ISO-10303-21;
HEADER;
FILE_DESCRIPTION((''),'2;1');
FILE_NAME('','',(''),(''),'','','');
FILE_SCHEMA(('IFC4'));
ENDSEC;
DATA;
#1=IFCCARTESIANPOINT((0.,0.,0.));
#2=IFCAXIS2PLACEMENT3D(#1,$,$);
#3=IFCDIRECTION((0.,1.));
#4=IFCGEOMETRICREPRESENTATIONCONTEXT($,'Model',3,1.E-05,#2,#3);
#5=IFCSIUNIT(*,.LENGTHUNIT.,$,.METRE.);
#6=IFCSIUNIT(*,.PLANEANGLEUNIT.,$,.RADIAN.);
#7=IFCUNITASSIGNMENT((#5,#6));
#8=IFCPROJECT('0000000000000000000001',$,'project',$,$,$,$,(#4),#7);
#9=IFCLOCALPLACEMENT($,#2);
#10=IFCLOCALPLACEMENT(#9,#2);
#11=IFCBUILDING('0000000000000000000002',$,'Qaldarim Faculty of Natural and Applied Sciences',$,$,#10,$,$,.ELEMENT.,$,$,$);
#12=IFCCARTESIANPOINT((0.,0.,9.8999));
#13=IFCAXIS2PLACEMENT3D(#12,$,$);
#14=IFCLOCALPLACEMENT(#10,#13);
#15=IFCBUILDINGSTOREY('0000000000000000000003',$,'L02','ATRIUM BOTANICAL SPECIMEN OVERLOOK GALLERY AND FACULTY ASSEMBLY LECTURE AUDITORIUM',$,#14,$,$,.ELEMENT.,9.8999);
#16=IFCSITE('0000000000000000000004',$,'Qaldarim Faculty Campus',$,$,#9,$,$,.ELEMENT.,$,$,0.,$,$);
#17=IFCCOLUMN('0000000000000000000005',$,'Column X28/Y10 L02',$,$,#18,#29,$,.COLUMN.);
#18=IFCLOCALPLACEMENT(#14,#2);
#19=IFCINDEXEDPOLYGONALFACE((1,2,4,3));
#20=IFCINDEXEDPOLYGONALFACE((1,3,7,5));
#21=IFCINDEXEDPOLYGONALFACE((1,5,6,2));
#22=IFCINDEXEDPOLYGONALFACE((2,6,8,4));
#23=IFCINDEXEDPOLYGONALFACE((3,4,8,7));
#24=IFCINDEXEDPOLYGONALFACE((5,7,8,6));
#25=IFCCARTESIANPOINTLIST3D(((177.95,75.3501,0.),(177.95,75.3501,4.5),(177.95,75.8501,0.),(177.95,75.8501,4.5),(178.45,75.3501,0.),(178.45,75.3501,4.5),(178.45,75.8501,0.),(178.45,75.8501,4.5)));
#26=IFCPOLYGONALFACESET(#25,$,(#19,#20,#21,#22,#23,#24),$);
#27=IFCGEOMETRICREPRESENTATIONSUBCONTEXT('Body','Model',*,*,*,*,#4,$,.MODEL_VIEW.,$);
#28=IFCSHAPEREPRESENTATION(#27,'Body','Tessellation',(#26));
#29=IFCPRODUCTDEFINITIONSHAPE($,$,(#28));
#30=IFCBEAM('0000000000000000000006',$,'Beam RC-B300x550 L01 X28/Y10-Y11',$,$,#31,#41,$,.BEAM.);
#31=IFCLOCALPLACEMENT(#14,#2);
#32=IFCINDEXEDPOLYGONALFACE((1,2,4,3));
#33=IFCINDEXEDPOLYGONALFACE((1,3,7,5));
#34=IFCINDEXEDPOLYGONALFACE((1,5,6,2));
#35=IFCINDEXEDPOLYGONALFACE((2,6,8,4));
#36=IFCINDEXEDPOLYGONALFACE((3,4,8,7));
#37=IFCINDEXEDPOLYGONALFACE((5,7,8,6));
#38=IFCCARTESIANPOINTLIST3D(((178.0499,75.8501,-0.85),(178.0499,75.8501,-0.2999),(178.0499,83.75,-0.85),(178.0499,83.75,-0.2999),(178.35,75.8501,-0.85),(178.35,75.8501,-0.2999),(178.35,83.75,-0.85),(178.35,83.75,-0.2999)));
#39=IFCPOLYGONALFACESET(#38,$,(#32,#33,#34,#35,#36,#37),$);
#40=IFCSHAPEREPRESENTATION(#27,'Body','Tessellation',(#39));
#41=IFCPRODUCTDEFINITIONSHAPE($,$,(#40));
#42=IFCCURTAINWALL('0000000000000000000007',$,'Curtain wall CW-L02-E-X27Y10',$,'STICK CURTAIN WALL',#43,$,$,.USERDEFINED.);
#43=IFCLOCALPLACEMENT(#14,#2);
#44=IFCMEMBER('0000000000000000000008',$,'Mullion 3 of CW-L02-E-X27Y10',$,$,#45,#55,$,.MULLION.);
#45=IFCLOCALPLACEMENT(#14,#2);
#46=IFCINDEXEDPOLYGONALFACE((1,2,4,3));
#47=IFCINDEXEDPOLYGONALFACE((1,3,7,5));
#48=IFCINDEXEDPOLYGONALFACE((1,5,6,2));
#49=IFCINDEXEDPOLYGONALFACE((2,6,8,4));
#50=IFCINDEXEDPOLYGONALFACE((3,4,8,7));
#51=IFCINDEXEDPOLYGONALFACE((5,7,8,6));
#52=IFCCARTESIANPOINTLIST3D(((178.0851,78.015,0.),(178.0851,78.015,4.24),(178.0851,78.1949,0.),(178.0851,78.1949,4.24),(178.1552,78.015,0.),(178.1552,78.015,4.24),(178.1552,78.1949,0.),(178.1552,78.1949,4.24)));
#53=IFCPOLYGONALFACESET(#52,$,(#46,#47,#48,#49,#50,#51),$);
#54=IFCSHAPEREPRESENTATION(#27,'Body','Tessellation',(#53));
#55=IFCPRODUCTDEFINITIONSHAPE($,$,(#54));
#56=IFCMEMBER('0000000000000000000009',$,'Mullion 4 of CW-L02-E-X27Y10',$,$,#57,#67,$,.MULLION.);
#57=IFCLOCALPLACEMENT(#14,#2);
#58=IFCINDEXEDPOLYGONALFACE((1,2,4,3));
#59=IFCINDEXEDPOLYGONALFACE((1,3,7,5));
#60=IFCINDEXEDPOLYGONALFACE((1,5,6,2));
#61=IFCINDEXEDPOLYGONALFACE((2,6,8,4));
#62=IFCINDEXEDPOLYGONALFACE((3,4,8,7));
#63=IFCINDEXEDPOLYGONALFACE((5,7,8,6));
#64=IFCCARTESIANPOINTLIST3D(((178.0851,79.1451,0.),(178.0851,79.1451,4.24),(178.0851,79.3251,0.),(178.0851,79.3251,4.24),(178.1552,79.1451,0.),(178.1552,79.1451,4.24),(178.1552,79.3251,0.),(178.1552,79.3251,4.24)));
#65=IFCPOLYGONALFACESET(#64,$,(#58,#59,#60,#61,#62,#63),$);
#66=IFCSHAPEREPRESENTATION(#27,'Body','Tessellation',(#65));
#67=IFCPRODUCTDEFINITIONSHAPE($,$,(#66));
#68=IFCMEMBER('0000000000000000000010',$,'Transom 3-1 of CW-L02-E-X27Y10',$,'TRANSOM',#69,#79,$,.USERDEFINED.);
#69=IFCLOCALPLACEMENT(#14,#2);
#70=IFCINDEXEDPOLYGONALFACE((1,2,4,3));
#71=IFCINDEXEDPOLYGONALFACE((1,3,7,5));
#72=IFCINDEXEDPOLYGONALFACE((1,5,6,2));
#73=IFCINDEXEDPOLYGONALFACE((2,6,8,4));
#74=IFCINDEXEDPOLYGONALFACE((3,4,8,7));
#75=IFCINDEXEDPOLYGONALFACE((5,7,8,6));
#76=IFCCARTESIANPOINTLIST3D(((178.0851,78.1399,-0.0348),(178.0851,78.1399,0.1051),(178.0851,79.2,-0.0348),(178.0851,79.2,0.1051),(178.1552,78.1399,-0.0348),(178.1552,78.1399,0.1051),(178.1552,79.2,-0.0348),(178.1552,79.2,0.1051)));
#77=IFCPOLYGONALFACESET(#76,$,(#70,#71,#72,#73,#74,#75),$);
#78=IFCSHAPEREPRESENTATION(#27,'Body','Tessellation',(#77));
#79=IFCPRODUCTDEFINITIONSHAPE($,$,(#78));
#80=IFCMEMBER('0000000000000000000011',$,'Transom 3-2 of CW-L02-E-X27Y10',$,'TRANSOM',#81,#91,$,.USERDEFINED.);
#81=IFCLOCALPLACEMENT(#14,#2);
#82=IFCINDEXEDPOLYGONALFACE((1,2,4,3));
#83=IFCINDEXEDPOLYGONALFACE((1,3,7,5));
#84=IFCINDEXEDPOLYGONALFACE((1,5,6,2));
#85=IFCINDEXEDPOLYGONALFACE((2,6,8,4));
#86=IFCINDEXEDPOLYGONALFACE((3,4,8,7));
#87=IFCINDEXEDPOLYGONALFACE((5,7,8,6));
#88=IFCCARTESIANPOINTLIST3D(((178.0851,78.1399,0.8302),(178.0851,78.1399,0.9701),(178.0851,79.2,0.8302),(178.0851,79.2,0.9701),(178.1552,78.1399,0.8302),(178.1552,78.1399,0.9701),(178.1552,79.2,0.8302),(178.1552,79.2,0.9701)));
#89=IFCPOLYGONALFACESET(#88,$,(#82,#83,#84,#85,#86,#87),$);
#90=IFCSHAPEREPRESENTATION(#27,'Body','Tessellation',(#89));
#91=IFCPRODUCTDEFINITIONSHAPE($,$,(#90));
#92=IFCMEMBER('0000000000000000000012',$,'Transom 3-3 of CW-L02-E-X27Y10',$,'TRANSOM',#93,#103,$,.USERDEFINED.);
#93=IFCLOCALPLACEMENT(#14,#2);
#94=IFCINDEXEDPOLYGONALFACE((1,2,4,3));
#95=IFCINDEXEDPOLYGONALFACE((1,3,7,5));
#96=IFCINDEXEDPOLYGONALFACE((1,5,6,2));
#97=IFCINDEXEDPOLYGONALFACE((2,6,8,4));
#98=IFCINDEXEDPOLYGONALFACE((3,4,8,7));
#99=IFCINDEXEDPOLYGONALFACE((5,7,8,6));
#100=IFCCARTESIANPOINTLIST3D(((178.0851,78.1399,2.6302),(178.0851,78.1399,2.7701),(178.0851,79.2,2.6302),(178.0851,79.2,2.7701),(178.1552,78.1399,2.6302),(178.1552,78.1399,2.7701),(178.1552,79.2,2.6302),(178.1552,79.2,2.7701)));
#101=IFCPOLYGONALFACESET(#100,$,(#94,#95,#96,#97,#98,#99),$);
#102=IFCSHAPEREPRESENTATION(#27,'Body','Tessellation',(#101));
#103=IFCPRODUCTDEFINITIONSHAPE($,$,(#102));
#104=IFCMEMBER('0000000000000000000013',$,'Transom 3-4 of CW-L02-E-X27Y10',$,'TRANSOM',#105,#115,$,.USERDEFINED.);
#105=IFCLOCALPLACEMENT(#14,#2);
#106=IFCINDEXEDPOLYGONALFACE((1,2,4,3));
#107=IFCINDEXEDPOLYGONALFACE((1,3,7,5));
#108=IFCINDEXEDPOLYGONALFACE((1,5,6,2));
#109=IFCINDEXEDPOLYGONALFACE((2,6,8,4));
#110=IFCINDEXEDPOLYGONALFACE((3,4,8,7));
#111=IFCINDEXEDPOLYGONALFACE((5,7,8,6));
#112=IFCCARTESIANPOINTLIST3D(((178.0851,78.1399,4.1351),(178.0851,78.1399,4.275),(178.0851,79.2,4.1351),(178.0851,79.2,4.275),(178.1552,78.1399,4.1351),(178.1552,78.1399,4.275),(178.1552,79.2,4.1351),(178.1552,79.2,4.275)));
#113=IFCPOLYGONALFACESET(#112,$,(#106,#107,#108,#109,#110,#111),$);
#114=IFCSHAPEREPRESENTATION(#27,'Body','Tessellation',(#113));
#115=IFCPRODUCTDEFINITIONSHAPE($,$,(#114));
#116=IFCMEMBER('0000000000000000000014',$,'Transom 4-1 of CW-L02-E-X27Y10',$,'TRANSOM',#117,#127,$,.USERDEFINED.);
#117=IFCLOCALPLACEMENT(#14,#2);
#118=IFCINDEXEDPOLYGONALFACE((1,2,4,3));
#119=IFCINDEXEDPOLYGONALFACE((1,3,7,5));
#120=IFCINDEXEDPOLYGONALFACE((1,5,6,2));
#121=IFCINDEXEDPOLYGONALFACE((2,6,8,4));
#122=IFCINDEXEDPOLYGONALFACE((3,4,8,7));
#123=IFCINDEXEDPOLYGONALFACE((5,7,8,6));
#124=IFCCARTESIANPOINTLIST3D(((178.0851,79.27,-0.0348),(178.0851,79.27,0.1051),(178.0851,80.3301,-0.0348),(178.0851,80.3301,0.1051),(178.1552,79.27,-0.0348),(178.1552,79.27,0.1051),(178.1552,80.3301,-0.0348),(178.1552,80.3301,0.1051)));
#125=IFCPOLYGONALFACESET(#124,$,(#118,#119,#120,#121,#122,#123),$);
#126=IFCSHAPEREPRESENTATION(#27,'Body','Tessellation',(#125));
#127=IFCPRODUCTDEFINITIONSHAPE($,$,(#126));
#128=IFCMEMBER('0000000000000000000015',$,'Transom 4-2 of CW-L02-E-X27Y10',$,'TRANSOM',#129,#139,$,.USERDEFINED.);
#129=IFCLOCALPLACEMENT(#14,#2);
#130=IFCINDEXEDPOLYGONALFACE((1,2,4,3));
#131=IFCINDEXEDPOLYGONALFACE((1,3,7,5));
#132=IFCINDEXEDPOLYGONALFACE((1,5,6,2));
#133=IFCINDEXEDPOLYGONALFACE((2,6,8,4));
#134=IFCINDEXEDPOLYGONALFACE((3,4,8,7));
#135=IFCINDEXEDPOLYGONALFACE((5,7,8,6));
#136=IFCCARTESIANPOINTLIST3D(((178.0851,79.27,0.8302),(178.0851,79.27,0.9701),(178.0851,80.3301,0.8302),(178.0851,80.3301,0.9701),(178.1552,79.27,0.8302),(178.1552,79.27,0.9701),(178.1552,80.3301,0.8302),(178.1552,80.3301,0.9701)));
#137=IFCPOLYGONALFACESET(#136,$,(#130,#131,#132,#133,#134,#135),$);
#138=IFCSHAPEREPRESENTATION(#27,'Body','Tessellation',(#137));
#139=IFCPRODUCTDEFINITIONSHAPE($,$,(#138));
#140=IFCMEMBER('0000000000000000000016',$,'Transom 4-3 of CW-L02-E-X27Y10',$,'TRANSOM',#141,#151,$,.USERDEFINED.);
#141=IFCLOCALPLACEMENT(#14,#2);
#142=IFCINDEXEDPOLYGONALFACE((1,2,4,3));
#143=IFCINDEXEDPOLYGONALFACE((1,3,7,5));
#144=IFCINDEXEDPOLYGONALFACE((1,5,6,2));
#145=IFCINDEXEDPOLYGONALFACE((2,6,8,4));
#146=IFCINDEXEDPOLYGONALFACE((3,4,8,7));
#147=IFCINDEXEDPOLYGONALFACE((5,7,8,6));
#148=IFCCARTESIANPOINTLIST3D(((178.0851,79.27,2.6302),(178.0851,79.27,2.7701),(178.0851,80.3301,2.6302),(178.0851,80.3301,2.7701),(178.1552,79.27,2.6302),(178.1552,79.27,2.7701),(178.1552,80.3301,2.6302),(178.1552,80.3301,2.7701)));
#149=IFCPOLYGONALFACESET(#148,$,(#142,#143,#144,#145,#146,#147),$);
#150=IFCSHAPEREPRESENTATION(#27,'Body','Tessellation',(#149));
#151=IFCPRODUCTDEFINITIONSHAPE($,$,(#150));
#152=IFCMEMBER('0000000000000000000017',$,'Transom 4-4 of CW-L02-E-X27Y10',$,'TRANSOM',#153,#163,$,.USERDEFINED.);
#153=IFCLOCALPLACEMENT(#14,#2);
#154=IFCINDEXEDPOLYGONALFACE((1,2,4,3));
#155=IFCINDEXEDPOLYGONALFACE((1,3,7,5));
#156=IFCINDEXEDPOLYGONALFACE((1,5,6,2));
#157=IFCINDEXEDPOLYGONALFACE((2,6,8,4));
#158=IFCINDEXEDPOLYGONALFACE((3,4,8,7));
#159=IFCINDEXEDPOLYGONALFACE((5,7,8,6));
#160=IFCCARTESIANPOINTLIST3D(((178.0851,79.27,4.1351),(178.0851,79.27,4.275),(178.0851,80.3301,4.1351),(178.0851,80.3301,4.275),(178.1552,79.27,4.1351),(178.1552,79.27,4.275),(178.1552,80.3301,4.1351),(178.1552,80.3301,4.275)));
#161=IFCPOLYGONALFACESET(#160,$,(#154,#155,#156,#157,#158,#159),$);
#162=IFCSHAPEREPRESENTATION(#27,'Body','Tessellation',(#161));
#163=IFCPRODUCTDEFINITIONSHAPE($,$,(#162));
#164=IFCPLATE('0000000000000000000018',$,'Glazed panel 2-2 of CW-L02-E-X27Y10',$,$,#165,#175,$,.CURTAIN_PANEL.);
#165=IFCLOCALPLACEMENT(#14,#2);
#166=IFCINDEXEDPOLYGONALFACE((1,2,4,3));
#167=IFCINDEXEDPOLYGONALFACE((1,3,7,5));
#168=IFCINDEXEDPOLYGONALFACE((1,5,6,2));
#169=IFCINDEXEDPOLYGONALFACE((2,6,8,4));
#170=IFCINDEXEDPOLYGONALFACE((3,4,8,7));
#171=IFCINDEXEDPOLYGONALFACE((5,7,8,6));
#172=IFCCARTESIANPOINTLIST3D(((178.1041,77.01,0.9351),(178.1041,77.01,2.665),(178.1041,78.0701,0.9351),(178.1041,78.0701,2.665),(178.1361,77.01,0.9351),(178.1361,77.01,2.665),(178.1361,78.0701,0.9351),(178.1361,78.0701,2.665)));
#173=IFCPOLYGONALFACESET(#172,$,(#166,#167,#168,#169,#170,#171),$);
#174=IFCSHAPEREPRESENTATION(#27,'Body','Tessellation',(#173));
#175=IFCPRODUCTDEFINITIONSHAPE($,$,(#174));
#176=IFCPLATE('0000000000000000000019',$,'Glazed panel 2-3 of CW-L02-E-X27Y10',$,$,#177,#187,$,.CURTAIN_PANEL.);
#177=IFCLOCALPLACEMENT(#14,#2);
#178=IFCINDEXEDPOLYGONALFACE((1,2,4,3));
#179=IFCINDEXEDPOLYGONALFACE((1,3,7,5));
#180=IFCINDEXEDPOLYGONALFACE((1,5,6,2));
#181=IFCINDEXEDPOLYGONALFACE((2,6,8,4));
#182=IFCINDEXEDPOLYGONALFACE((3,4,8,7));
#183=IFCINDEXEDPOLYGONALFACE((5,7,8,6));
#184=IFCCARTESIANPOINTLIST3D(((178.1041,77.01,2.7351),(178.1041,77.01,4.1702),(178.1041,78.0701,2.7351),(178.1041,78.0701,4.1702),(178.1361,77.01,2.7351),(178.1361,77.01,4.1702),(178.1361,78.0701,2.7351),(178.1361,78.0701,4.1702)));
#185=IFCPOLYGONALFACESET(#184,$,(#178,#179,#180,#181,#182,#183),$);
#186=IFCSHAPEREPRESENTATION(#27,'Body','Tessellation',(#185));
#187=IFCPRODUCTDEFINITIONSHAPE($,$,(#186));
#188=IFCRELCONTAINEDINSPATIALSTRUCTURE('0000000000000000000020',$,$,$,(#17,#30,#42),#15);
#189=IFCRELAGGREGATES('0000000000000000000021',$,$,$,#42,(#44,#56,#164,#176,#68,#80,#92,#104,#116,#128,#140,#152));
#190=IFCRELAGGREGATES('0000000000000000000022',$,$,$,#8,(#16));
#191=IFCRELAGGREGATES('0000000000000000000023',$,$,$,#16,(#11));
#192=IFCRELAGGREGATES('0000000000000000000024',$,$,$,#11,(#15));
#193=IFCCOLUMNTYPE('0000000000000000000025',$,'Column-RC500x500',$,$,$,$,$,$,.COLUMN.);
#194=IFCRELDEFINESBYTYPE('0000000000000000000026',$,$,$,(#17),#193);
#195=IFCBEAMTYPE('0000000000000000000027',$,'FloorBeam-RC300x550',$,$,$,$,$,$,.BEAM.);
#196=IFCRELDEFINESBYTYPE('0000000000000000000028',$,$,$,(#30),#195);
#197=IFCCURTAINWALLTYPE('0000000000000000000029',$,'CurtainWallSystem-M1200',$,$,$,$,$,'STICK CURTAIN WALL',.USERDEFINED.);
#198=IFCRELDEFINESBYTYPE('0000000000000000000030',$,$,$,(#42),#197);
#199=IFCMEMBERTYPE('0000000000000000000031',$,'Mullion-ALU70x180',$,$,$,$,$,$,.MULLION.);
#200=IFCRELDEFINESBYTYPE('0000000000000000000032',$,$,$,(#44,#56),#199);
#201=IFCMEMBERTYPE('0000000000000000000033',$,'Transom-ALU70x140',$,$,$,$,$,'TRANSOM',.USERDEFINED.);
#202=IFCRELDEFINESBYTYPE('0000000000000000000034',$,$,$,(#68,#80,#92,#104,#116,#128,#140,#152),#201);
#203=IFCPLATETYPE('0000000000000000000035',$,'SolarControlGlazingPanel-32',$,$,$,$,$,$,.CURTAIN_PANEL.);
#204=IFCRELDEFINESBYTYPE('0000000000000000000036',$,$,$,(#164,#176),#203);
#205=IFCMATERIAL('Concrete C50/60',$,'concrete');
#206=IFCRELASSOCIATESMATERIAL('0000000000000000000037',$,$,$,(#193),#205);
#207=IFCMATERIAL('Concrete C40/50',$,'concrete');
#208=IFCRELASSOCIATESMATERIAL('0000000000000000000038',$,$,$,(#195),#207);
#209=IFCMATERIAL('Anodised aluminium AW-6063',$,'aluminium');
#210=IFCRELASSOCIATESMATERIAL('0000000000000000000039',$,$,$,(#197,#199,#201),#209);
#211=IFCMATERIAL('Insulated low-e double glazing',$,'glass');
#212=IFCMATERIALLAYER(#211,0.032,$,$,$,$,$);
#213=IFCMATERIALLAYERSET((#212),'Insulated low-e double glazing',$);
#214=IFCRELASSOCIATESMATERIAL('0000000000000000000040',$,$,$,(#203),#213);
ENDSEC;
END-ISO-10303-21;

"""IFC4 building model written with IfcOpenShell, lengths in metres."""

from ifc_helpers import new_model, si_unit, direction, frame, origin, origin_2d, place, context, subcontext, project, spatial, rectangle, extrude, material, layer, layer_set, material_profile, profile_set, type_object, element, aggregate, save


model = new_model("IFC4")

# Units and contexts
model_context = context("Model", 3, precision=1e-05, world=origin(), true_north=direction((0.0, 1.0)))
body_context = subcontext(model_context, "Body", "Model", "MODEL_VIEW")
ifc_project = project(units=[si_unit("LENGTHUNIT", "METRE"), si_unit("PLANEANGLEUNIT", "RADIAN")], contexts=[model_context])

# Site, building, storey
site_placement = place(None, origin())
site = spatial("IfcSite", under=ifc_project, at=site_placement, Name="Qaldarim Faculty Campus", CompositionType="ELEMENT", RefElevation=0.0)
building_placement = place(site_placement, origin())
building = spatial("IfcBuilding", under=site, at=building_placement, Name="Qaldarim Faculty of Natural and Applied Sciences", CompositionType="ELEMENT")
storey_placement = place(building_placement, frame((0.0, 0.0, 9.8999)))
storey = spatial("IfcBuildingStorey", under=building, at=storey_placement, Name="L02", Description="ATRIUM BOTANICAL SPECIMEN OVERLOOK GALLERY AND FACULTY ASSEMBLY LECTURE AUDITORIUM", CompositionType="ELEMENT", Elevation=9.8999)

# Column
ifc_material_1 = material(Name="Concrete C50/60", Category="concrete")
ifc_material_profile_1 = material_profile(ifc_material_1, rectangle(XDim=0.5, YDim=0.5, at=origin_2d()), Name="RC-C500x500")
ifc_profile_set_1 = profile_set([ifc_material_profile_1], Name="Concrete C50/60")
column_type = type_object("IfcColumnType", Name="Column-RC500x500", PredefinedType="COLUMN", material=ifc_profile_set_1)
column_placement = place(storey_placement, frame((178.2, 75.6001, 0.0), z_axis=(0.0, 0.0, 1.0), x_axis=(1.0, 0.0, 0.0)))
element("IfcColumn", 1, at=column_placement, inside=storey, type_object=column_type, Name="Column X28/Y10 L02", PredefinedType="COLUMN", context=body_context, shape_type="SweptSolid", body=[
    extrude(rectangle(XDim=0.5, YDim=0.5, at=origin_2d()), origin(), (0.0, 0.0, 1.0), 4.5),
])

# Beam
ifc_material_2 = material(Name="Concrete C40/50", Category="concrete")
ifc_material_profile_2 = material_profile(ifc_material_2, rectangle(XDim=0.3, YDim=0.55, at=origin_2d()), Name="RC-B300x550")
ifc_profile_set_2 = profile_set([ifc_material_profile_2], Name="Concrete C40/50")
beam_type = type_object("IfcBeamType", Name="FloorBeam-RC300x550", PredefinedType="BEAM", material=ifc_profile_set_2)
beam_placement = place(storey_placement, frame((178.2, 75.8501, -0.575), z_axis=(0.0, 1.0, 0.0), x_axis=(-1.0, 0.0, 0.0)))
element("IfcBeam", 2, at=beam_placement, inside=storey, type_object=beam_type, Name="Beam RC-B300x550 L01 X28/Y10-Y11", PredefinedType="BEAM", context=body_context, shape_type="SweptSolid", body=[
    extrude(rectangle(XDim=0.3, YDim=0.55, at=origin_2d()), origin(), (0.0, 0.0, 1.0), 7.8999),
])

# Curtain wall, members, plates
ifc_material_3 = material(Name="Anodised aluminium AW-6063", Category="aluminium")
curtain_wall_type = type_object("IfcCurtainWallType", Name="CurtainWallSystem-M1200", ElementType="STICK CURTAIN WALL", PredefinedType="USERDEFINED", material=ifc_material_3)
curtain_wall_placement = place(storey_placement, origin())
curtain_wall = element("IfcCurtainWall", 3, at=curtain_wall_placement, inside=storey, type_object=curtain_wall_type, Name="Curtain wall CW-L02-E-X27Y10", ObjectType="STICK CURTAIN WALL", PredefinedType="USERDEFINED")
ifc_material_profile_3 = material_profile(ifc_material_3, rectangle(XDim=0.0701, YDim=0.1799, at=origin_2d()), Name="ALU-M70x180")
ifc_profile_set_3 = profile_set([ifc_material_profile_3], Name="Anodised aluminium AW-6063")
member_type_1 = type_object("IfcMemberType", Name="Mullion-ALU70x180", PredefinedType="MULLION", material=ifc_profile_set_3)
member_1_placement = place(storey_placement, frame((178.1201, 78.105, 0.0), z_axis=(0.0, 0.0, 1.0), x_axis=(-1.0, 0.0, 0.0)))
member_1 = element("IfcMember", 4, at=member_1_placement, type_object=member_type_1, Name="Mullion 3 of CW-L02-E-X27Y10", PredefinedType="MULLION", context=body_context, shape_type="SweptSolid", body=[
    extrude(rectangle(XDim=0.0701, YDim=0.1799, at=origin_2d()), origin(), (0.0, 0.0, 1.0), 4.24),
])
member_2_placement = place(storey_placement, frame((178.1201, 79.2351, 0.0), z_axis=(0.0, 0.0, 1.0), x_axis=(-1.0, 0.0, 0.0)))
member_2 = element("IfcMember", 5, at=member_2_placement, type_object=member_type_1, Name="Mullion 4 of CW-L02-E-X27Y10", PredefinedType="MULLION", context=body_context, shape_type="SweptSolid", body=[
    extrude(rectangle(XDim=0.0701, YDim=0.1799, at=origin_2d()), origin(), (0.0, 0.0, 1.0), 4.24),
])
ifc_material_profile_4 = material_profile(ifc_material_3, rectangle(XDim=0.0701, YDim=0.1399, at=origin_2d()), Name="ALU-T70x140")
ifc_profile_set_4 = profile_set([ifc_material_profile_4], Name="Anodised aluminium AW-6063")
member_type_2 = type_object("IfcMemberType", Name="Transom-ALU70x140", ElementType="TRANSOM", PredefinedType="USERDEFINED", material=ifc_profile_set_4)
member_3_placement = place(storey_placement, frame((178.1201, 78.1399, 0.0352), z_axis=(0.0, 1.0, 0.0), x_axis=(-1.0, 0.0, 0.0)))
member_3 = element("IfcMember", 6, at=member_3_placement, type_object=member_type_2, Name="Transom 3-1 of CW-L02-E-X27Y10", ObjectType="TRANSOM", PredefinedType="USERDEFINED", context=body_context, shape_type="SweptSolid", body=[
    extrude(rectangle(XDim=0.0701, YDim=0.1399, at=origin_2d()), origin(), (0.0, 0.0, 1.0), 1.0601),
])
member_4_placement = place(storey_placement, frame((178.1201, 78.1399, 0.9001), z_axis=(0.0, 1.0, 0.0), x_axis=(-1.0, 0.0, 0.0)))
member_4 = element("IfcMember", 7, at=member_4_placement, type_object=member_type_2, Name="Transom 3-2 of CW-L02-E-X27Y10", ObjectType="TRANSOM", PredefinedType="USERDEFINED", context=body_context, shape_type="SweptSolid", body=[
    extrude(rectangle(XDim=0.0701, YDim=0.1399, at=origin_2d()), origin(), (0.0, 0.0, 1.0), 1.0601),
])
member_5_placement = place(storey_placement, frame((178.1201, 78.1399, 2.7002), z_axis=(0.0, 1.0, 0.0), x_axis=(-1.0, 0.0, 0.0)))
member_5 = element("IfcMember", 8, at=member_5_placement, type_object=member_type_2, Name="Transom 3-3 of CW-L02-E-X27Y10", ObjectType="TRANSOM", PredefinedType="USERDEFINED", context=body_context, shape_type="SweptSolid", body=[
    extrude(rectangle(XDim=0.0701, YDim=0.1399, at=origin_2d()), origin(), (0.0, 0.0, 1.0), 1.0601),
])
member_6_placement = place(storey_placement, frame((178.1201, 78.1399, 4.2051), z_axis=(0.0, 1.0, 0.0), x_axis=(-1.0, 0.0, 0.0)))
member_6 = element("IfcMember", 9, at=member_6_placement, type_object=member_type_2, Name="Transom 3-4 of CW-L02-E-X27Y10", ObjectType="TRANSOM", PredefinedType="USERDEFINED", context=body_context, shape_type="SweptSolid", body=[
    extrude(rectangle(XDim=0.0701, YDim=0.1399, at=origin_2d()), origin(), (0.0, 0.0, 1.0), 1.0601),
])
member_7_placement = place(storey_placement, frame((178.1201, 79.27, 0.0352), z_axis=(0.0, 1.0, 0.0), x_axis=(-1.0, 0.0, 0.0)))
member_7 = element("IfcMember", 10, at=member_7_placement, type_object=member_type_2, Name="Transom 4-1 of CW-L02-E-X27Y10", ObjectType="TRANSOM", PredefinedType="USERDEFINED", context=body_context, shape_type="SweptSolid", body=[
    extrude(rectangle(XDim=0.0701, YDim=0.1399, at=origin_2d()), origin(), (0.0, 0.0, 1.0), 1.0601),
])
member_8_placement = place(storey_placement, frame((178.1201, 79.27, 0.9001), z_axis=(0.0, 1.0, 0.0), x_axis=(-1.0, 0.0, 0.0)))
member_8 = element("IfcMember", 11, at=member_8_placement, type_object=member_type_2, Name="Transom 4-2 of CW-L02-E-X27Y10", ObjectType="TRANSOM", PredefinedType="USERDEFINED", context=body_context, shape_type="SweptSolid", body=[
    extrude(rectangle(XDim=0.0701, YDim=0.1399, at=origin_2d()), origin(), (0.0, 0.0, 1.0), 1.0601),
])
member_9_placement = place(storey_placement, frame((178.1201, 79.27, 2.7002), z_axis=(0.0, 1.0, 0.0), x_axis=(-1.0, 0.0, 0.0)))
member_9 = element("IfcMember", 12, at=member_9_placement, type_object=member_type_2, Name="Transom 4-3 of CW-L02-E-X27Y10", ObjectType="TRANSOM", PredefinedType="USERDEFINED", context=body_context, shape_type="SweptSolid", body=[
    extrude(rectangle(XDim=0.0701, YDim=0.1399, at=origin_2d()), origin(), (0.0, 0.0, 1.0), 1.0601),
])
member_10_placement = place(storey_placement, frame((178.1201, 79.27, 4.2051), z_axis=(0.0, 1.0, 0.0), x_axis=(-1.0, 0.0, 0.0)))
member_10 = element("IfcMember", 13, at=member_10_placement, type_object=member_type_2, Name="Transom 4-4 of CW-L02-E-X27Y10", ObjectType="TRANSOM", PredefinedType="USERDEFINED", context=body_context, shape_type="SweptSolid", body=[
    extrude(rectangle(XDim=0.0701, YDim=0.1399, at=origin_2d()), origin(), (0.0, 0.0, 1.0), 1.0601),
])
ifc_material_4 = material(Name="Insulated low-e double glazing", Category="glass")
ifc_layer_1 = layer(ifc_material_4, 0.032)
ifc_layer_set_1 = layer_set([ifc_layer_1], Name="Insulated low-e double glazing")
plate_type = type_object("IfcPlateType", Name="SolarControlGlazingPanel-32", PredefinedType="CURTAIN_PANEL", material=ifc_layer_set_1)
plate_1_placement = place(storey_placement, frame((178.1201, 77.54, 0.9351), z_axis=(0.0, 0.0, 1.0), x_axis=(0.0, 1.0, 0.0)))
plate_1 = element("IfcPlate", 14, at=plate_1_placement, type_object=plate_type, Name="Glazed panel 2-2 of CW-L02-E-X27Y10", PredefinedType="CURTAIN_PANEL", context=body_context, shape_type="SweptSolid", body=[
    extrude(rectangle(XDim=1.0601, YDim=0.032, at=origin_2d()), origin(), (0.0, 0.0, 1.0), 1.73),
])
plate_2_placement = place(storey_placement, frame((178.1201, 77.54, 2.7351), z_axis=(0.0, 0.0, 1.0), x_axis=(0.0, 1.0, 0.0)))
plate_2 = element("IfcPlate", 15, at=plate_2_placement, type_object=plate_type, Name="Glazed panel 2-3 of CW-L02-E-X27Y10", PredefinedType="CURTAIN_PANEL", context=body_context, shape_type="SweptSolid", body=[
    extrude(rectangle(XDim=1.0601, YDim=0.032, at=origin_2d()), origin(), (0.0, 0.0, 1.0), 1.4351),
])
aggregate(curtain_wall, [member_1, member_2, plate_1, plate_2, member_3, member_4, member_5, member_6, member_7, member_8, member_9, member_10])

save(model, "model.ifc")
